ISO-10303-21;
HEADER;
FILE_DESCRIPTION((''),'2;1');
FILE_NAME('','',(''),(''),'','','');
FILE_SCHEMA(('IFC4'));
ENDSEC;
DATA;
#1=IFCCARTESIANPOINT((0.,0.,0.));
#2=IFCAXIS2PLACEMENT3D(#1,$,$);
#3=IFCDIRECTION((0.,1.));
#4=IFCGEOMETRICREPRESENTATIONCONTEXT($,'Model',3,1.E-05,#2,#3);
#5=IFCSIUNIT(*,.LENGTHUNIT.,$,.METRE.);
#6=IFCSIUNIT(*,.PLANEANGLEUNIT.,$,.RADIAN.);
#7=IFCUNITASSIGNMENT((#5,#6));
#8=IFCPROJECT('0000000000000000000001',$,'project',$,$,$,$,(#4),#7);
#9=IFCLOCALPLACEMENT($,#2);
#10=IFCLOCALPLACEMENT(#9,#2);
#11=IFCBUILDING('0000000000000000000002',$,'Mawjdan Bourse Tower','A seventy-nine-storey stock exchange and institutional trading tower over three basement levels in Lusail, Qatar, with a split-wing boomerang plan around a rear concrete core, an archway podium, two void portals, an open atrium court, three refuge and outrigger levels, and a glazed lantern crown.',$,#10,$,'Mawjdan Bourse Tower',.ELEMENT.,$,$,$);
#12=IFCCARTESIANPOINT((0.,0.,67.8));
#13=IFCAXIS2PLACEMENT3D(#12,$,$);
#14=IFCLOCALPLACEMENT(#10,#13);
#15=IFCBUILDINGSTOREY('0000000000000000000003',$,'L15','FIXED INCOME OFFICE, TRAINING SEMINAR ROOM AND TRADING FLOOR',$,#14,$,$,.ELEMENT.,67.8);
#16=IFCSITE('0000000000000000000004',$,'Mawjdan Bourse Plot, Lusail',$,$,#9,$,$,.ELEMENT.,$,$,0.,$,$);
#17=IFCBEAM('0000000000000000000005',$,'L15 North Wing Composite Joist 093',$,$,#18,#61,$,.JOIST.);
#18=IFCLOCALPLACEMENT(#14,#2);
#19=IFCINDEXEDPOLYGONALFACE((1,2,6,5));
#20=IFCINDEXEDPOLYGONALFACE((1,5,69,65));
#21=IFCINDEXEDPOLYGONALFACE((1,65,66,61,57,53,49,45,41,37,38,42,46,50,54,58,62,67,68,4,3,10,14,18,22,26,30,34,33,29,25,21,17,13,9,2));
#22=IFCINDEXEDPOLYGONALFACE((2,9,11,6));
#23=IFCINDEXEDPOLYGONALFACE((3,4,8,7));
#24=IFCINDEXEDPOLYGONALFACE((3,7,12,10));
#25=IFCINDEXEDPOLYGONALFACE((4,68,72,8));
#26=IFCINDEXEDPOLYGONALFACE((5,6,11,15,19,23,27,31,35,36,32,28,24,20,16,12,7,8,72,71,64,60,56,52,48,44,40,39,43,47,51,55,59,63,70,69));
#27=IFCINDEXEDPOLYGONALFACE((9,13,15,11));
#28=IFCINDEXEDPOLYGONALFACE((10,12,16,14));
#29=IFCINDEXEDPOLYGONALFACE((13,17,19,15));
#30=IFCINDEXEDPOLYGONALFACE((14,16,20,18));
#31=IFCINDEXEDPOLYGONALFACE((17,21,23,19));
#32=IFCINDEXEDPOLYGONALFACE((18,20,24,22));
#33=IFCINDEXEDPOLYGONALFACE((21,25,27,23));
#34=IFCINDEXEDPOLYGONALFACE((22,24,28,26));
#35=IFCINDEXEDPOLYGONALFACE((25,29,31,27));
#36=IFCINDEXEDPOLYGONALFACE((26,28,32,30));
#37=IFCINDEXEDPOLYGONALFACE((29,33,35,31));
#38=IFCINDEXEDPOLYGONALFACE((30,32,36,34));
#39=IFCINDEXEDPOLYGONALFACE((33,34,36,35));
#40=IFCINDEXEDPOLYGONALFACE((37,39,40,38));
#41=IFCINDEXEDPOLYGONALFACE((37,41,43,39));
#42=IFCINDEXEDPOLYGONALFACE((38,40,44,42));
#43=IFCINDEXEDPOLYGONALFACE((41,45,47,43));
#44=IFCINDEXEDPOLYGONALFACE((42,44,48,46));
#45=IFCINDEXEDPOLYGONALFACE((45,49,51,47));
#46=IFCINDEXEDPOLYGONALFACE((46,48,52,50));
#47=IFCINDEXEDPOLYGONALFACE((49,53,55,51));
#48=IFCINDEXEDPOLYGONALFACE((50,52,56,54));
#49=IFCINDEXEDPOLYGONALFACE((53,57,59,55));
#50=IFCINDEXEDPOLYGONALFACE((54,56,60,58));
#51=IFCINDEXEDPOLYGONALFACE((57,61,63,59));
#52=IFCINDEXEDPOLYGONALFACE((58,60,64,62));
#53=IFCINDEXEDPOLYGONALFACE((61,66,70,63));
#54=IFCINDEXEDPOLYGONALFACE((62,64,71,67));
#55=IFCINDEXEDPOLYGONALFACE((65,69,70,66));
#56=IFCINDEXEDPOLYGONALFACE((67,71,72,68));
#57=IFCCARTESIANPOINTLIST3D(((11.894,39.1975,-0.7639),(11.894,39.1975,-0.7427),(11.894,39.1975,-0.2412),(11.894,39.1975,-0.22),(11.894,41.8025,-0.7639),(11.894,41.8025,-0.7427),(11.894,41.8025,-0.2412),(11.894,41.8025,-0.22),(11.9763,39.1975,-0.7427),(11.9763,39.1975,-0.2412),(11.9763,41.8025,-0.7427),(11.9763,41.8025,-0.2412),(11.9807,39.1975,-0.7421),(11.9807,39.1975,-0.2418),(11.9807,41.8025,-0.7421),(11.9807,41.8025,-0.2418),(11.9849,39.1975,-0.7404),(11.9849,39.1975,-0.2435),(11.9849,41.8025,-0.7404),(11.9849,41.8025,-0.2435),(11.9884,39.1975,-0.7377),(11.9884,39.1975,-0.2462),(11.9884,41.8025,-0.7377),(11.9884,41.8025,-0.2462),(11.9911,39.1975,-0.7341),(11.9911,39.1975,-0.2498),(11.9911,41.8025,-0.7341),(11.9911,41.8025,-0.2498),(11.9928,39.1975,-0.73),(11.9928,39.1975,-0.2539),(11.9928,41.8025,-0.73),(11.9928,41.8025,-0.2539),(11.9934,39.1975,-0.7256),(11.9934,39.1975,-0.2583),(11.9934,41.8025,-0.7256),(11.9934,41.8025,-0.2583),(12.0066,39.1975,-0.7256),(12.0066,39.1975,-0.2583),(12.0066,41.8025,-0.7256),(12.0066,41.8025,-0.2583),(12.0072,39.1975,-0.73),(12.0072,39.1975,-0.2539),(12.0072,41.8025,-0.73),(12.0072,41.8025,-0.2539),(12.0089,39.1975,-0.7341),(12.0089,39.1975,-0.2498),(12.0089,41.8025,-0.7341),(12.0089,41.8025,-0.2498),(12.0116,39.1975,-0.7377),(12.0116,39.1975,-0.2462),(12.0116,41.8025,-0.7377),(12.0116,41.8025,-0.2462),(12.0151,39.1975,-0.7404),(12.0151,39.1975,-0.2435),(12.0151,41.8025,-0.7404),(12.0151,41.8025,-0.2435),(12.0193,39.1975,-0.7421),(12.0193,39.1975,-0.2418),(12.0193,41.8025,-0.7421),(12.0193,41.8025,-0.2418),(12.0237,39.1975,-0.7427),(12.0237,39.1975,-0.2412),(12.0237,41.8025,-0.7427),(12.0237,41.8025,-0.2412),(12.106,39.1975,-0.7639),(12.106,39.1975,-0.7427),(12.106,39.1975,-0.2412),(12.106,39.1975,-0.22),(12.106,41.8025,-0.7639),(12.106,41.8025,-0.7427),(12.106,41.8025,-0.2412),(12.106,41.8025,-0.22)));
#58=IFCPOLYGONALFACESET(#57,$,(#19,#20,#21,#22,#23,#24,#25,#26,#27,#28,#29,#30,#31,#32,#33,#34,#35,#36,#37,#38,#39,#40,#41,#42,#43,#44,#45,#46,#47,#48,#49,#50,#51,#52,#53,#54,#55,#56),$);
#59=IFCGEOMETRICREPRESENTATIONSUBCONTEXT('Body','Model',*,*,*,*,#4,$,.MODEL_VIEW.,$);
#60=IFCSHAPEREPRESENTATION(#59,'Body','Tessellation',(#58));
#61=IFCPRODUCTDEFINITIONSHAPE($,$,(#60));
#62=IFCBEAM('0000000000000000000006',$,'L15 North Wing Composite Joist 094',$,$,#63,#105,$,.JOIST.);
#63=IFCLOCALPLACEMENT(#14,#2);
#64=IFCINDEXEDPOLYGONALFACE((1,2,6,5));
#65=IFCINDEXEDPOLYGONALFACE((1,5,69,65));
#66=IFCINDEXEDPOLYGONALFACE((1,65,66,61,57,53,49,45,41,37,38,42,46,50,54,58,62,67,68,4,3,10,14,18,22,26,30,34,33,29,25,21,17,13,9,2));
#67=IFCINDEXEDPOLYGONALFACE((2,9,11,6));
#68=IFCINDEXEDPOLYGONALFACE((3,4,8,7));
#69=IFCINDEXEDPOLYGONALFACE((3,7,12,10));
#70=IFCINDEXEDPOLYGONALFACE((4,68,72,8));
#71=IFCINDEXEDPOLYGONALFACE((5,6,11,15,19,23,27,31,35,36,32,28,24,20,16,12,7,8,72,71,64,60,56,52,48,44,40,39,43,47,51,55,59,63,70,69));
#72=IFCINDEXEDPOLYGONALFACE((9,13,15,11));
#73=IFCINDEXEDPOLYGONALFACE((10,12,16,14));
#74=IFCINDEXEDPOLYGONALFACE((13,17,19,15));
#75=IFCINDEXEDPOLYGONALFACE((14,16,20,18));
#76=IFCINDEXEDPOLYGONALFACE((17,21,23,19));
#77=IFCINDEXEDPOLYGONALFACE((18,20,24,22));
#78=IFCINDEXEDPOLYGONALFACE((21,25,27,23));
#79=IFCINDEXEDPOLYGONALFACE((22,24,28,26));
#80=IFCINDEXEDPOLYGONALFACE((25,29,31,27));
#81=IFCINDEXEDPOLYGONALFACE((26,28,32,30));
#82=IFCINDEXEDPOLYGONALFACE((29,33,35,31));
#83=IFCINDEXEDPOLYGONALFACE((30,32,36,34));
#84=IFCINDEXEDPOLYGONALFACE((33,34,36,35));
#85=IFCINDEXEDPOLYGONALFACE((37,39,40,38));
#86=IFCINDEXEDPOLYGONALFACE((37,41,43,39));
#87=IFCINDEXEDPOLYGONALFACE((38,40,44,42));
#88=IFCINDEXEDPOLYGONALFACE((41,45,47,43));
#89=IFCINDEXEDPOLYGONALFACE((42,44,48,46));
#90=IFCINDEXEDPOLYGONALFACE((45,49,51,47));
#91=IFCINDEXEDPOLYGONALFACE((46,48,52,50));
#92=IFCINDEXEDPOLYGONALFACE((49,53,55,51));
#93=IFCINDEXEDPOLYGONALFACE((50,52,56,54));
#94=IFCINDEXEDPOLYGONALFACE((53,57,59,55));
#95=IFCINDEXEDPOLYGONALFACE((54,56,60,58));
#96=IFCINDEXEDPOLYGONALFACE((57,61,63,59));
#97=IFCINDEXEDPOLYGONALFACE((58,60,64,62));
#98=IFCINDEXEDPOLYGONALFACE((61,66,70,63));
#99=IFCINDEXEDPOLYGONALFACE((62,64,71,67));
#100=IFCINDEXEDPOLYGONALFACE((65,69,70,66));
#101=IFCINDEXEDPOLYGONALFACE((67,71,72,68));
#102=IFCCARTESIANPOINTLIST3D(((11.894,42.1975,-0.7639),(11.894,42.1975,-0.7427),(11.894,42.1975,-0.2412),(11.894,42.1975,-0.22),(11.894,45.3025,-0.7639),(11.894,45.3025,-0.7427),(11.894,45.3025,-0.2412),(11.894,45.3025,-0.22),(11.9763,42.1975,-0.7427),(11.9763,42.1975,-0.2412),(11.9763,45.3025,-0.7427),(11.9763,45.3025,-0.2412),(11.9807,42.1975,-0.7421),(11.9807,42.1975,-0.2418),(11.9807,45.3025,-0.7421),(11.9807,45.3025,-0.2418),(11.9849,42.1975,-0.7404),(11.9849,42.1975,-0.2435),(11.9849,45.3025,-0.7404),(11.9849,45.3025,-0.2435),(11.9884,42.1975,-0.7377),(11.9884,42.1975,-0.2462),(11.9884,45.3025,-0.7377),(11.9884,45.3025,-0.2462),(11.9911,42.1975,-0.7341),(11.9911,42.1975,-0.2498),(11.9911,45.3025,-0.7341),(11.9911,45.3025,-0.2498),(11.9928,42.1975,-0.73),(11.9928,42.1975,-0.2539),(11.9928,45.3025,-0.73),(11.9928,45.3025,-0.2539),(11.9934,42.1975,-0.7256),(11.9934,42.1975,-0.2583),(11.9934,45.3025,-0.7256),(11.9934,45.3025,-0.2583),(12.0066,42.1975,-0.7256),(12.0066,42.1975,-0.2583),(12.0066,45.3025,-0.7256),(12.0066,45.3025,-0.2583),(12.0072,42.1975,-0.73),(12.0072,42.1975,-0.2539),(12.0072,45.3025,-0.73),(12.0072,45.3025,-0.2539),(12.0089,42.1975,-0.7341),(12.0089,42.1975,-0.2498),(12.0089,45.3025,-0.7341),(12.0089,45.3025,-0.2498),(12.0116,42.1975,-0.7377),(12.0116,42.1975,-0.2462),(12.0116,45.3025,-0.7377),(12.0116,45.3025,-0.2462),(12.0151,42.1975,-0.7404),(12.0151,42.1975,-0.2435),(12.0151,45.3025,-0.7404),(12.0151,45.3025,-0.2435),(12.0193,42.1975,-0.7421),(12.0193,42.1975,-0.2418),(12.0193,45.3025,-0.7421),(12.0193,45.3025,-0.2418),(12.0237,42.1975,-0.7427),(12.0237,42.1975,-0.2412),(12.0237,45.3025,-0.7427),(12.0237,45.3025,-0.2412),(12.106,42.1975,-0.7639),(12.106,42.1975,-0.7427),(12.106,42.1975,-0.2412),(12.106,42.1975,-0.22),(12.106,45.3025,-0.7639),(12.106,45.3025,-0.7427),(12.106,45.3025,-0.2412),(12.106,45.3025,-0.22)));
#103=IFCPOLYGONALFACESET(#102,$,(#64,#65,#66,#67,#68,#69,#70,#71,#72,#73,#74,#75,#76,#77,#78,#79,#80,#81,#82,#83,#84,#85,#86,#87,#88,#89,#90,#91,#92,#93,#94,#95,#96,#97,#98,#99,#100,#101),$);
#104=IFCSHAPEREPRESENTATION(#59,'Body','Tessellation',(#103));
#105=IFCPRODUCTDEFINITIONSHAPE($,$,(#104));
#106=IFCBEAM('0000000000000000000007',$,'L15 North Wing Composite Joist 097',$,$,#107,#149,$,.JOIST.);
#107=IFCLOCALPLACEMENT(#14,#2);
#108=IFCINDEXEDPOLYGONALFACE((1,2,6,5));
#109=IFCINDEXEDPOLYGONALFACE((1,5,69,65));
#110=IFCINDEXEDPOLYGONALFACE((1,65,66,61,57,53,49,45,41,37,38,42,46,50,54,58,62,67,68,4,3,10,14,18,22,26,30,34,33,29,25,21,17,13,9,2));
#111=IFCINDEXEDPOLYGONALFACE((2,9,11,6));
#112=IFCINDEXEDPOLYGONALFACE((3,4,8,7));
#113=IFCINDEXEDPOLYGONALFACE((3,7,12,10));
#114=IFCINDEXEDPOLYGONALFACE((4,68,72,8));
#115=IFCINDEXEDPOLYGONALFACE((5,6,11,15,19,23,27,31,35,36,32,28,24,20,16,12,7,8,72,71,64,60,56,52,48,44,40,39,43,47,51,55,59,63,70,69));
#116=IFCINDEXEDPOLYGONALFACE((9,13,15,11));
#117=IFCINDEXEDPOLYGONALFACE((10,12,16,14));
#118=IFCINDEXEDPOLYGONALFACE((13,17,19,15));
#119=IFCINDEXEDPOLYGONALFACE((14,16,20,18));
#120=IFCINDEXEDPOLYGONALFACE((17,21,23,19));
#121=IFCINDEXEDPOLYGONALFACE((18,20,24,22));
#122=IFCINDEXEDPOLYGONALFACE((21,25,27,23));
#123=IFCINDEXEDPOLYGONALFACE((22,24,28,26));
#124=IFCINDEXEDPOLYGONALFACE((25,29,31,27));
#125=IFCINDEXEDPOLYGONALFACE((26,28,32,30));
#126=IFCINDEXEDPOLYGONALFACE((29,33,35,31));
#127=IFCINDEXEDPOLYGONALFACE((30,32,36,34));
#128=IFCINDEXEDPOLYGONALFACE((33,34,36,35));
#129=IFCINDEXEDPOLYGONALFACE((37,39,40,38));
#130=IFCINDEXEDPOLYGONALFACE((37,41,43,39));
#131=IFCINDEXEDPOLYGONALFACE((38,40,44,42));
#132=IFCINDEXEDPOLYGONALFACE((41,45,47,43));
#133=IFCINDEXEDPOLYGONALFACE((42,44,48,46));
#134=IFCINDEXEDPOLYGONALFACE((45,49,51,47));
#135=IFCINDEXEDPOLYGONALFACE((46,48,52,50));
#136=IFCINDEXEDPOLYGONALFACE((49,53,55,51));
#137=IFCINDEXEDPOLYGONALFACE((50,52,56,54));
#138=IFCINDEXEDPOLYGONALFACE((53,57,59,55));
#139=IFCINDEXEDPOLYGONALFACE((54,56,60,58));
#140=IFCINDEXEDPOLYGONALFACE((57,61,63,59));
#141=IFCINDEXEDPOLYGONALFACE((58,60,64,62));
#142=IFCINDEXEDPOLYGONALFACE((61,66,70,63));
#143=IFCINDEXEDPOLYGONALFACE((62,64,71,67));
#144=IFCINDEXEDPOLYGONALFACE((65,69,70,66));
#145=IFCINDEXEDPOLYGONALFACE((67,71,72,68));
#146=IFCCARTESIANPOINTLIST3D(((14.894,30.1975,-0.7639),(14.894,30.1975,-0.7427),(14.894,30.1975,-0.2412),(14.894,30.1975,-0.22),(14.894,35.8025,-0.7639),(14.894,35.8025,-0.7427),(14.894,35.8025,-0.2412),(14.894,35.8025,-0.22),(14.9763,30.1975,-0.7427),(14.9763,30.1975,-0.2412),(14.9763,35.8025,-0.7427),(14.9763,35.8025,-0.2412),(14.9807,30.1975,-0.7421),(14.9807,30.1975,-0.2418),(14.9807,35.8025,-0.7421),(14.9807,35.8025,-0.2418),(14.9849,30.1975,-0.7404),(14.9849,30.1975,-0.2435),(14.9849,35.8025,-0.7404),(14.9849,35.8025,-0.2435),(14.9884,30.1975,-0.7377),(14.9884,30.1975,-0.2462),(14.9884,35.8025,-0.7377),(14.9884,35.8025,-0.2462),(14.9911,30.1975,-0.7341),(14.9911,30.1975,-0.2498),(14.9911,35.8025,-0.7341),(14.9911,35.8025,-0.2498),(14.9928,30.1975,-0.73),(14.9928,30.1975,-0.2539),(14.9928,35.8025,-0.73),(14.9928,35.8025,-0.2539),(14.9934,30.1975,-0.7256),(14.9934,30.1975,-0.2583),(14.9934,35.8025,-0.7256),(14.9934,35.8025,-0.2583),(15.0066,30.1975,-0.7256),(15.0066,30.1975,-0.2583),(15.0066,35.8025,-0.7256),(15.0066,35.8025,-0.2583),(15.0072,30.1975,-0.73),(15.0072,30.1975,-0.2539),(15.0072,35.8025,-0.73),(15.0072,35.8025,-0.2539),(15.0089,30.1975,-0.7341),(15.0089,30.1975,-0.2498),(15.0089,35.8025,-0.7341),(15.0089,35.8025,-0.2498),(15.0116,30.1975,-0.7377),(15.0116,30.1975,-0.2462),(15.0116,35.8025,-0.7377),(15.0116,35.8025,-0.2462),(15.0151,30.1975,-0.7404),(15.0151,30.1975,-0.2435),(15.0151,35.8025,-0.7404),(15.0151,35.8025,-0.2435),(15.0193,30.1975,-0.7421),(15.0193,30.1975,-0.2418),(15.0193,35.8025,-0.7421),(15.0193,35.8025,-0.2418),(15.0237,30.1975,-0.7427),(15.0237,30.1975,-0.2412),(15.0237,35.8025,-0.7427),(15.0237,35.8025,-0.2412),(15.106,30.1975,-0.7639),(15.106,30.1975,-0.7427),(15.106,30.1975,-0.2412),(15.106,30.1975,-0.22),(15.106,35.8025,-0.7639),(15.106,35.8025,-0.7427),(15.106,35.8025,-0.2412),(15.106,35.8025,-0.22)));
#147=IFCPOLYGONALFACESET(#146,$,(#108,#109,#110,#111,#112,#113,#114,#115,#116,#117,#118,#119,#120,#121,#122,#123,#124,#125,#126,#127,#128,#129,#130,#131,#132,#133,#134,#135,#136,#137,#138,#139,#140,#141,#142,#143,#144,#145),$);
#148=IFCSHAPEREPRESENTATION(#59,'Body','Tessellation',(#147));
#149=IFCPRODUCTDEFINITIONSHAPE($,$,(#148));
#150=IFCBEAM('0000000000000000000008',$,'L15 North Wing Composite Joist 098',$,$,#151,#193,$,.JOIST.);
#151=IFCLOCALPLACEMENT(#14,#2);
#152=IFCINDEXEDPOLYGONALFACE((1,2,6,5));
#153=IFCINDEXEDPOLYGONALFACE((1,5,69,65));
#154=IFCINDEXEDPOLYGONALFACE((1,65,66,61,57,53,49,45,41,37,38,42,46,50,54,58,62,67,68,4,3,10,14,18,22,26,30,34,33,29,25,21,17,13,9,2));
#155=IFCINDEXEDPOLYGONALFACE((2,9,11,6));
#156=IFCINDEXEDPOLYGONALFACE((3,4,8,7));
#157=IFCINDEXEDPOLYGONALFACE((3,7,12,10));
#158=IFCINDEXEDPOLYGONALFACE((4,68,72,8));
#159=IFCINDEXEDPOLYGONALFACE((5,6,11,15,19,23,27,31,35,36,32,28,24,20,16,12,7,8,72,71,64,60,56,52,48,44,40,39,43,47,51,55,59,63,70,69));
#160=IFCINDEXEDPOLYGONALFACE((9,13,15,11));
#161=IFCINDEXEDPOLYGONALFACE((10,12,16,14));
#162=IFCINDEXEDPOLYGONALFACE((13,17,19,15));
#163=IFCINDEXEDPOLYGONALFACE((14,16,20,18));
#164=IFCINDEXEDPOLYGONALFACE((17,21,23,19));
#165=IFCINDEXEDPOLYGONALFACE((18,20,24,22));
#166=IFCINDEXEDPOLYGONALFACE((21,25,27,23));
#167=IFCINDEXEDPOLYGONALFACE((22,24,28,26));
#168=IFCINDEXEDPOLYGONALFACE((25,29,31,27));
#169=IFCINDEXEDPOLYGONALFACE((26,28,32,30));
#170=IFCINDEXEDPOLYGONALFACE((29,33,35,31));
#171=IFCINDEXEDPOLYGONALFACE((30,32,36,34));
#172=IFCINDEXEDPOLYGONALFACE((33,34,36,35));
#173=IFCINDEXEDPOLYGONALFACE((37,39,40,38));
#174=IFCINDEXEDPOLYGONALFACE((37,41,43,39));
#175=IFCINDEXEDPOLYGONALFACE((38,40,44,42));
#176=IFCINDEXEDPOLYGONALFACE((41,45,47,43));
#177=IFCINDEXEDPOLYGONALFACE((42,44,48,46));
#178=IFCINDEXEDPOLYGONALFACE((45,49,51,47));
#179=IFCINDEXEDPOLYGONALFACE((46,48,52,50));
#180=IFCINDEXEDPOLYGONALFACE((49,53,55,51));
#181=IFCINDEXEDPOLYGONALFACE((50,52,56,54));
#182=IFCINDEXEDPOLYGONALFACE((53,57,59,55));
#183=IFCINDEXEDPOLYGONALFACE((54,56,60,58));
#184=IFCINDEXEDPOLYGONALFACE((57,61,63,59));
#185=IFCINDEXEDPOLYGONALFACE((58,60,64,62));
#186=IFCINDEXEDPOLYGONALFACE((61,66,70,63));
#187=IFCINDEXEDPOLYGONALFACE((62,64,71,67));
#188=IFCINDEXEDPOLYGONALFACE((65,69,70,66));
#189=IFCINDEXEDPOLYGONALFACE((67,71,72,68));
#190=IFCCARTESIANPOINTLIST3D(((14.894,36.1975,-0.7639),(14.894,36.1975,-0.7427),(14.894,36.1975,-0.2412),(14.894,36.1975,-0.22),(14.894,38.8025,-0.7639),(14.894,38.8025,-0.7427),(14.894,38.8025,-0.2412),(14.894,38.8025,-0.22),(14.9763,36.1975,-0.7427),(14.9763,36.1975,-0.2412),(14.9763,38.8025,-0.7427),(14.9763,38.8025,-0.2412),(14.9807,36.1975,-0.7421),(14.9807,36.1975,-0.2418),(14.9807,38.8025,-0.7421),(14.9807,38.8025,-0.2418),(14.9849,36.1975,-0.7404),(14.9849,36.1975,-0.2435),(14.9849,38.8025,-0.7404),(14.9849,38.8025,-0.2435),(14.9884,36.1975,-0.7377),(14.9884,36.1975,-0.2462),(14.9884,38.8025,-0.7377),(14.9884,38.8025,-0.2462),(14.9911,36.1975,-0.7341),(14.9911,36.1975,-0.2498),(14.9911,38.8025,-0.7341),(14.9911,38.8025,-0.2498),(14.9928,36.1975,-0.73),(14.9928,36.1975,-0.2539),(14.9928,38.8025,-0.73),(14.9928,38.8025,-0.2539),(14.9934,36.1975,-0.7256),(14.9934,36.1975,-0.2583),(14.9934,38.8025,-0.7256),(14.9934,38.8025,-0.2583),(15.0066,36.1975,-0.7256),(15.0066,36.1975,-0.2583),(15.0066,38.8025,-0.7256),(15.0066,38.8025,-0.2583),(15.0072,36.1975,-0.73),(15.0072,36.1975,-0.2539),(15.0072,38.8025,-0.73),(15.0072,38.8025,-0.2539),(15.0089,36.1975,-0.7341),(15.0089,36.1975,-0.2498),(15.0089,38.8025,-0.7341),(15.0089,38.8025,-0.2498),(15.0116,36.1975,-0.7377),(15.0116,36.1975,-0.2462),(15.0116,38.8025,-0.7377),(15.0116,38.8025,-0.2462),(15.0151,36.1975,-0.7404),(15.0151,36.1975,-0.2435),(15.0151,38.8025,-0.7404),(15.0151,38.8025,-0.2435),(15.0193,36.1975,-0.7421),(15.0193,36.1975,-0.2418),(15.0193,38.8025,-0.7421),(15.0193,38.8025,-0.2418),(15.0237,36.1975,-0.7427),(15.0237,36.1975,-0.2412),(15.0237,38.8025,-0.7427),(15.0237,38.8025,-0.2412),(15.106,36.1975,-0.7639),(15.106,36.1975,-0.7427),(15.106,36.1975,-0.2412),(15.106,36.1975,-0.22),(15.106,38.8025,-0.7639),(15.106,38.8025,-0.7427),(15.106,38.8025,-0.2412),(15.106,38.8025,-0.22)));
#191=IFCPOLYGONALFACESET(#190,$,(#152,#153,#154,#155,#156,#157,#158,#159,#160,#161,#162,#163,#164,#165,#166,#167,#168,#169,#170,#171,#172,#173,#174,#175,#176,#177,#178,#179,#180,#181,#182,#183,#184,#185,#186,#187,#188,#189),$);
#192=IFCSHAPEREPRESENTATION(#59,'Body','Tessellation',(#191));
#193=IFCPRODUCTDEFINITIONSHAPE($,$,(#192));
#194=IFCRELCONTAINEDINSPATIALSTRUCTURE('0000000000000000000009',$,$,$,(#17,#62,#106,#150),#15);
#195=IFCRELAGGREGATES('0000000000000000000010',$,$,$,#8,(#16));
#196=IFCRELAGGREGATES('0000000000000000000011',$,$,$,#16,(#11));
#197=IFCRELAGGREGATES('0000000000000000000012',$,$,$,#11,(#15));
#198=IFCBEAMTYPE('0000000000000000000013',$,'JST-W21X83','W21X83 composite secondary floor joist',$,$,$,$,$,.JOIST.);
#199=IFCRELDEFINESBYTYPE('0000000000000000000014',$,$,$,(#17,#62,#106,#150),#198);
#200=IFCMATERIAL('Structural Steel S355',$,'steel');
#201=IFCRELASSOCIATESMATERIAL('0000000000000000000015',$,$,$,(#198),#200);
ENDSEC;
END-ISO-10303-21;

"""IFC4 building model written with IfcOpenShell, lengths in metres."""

from ifc_helpers import new_model, si_unit, direction, frame, origin, origin_2d, place, context, subcontext, project, spatial, i_section, extrude, material, material_profile, profile_set, type_object, element, save


model = new_model("IFC4")

# Units and contexts
model_context = context("Model", 3, precision=1e-05, world=origin(), true_north=direction((0.0, 1.0)))
body_context = subcontext(model_context, "Body", "Model", "MODEL_VIEW")
ifc_project = project(units=[si_unit("LENGTHUNIT", "METRE"), si_unit("PLANEANGLEUNIT", "RADIAN")], contexts=[model_context])

# Site, building, storey
site_placement = place(None, origin())
site = spatial("IfcSite", under=ifc_project, at=site_placement, Name="Mawjdan Bourse Plot, Lusail", CompositionType="ELEMENT", RefElevation=0.0)
building_placement = place(site_placement, origin())
building = spatial("IfcBuilding", under=site, at=building_placement, Name="Mawjdan Bourse Tower", Description="A seventy-nine-storey stock exchange and institutional trading tower over three basement levels in Lusail, Qatar, with a split-wing boomerang plan around a rear concrete core, an archway podium, two void portals, an open atrium court, three refuge and outrigger levels, and a glazed lantern crown.", LongName="Mawjdan Bourse Tower", CompositionType="ELEMENT")
storey_placement = place(building_placement, frame((0.0, 0.0, 67.8)))
storey = spatial("IfcBuildingStorey", under=building, at=storey_placement, Name="L15", Description="FIXED INCOME OFFICE, TRAINING SEMINAR ROOM AND TRADING FLOOR", CompositionType="ELEMENT", Elevation=67.8)

# Beams
ifc_material_1 = material(Name="Structural Steel S355", Category="steel")
ifc_material_profile_1 = material_profile(ifc_material_1, i_section(OverallWidth=0.2119, OverallDepth=0.5439, WebThickness=0.0132, FlangeThickness=0.0212, FilletRadius=0.0171, at=origin_2d()), Name="W21X83")
ifc_profile_set_1 = profile_set([ifc_material_profile_1], Name="Structural Steel S355")
beam_type_1 = type_object("IfcBeamType", Name="JST-W21X83", Description="W21X83 composite secondary floor joist", PredefinedType="JOIST", material=ifc_profile_set_1)
for number, where, z_axis, x_axis, name in (
    (1, (12.0, 39.1975, -0.4919), (0.0, 1.0, 0.0), (-1.0, 0.0, 0.0), "L15 North Wing Composite Joist 093"),
):
    element("IfcBeam", number, at=place(storey_placement, frame(where, z_axis=z_axis, x_axis=x_axis)), inside=storey, type_object=beam_type_1, Name=name, PredefinedType="JOIST", context=body_context, shape_type="SweptSolid", body=[
        extrude(i_section(OverallWidth=0.2119, OverallDepth=0.5439, WebThickness=0.0132, FlangeThickness=0.0212, FilletRadius=0.0171, at=origin_2d()), origin(), (0.0, 0.0, 1.0), 2.605),
    ])
beam_1_placement = place(storey_placement, frame((12.0, 42.1975, -0.4919), z_axis=(0.0, 1.0, 0.0), x_axis=(-1.0, 0.0, 0.0)))
element("IfcBeam", 2, at=beam_1_placement, inside=storey, type_object=beam_type_1, Name="L15 North Wing Composite Joist 094", PredefinedType="JOIST", context=body_context, shape_type="SweptSolid", body=[
    extrude(i_section(OverallWidth=0.2119, OverallDepth=0.5439, WebThickness=0.0132, FlangeThickness=0.0212, FilletRadius=0.0171, at=origin_2d()), origin(), (0.0, 0.0, 1.0), 3.105),
])
beam_2_placement = place(storey_placement, frame((15.0, 30.1975, -0.4919), z_axis=(0.0, 1.0, 0.0), x_axis=(-1.0, 0.0, 0.0)))
element("IfcBeam", 3, at=beam_2_placement, inside=storey, type_object=beam_type_1, Name="L15 North Wing Composite Joist 097", PredefinedType="JOIST", context=body_context, shape_type="SweptSolid", body=[
    extrude(i_section(OverallWidth=0.2119, OverallDepth=0.5439, WebThickness=0.0132, FlangeThickness=0.0212, FilletRadius=0.0171, at=origin_2d()), origin(), (0.0, 0.0, 1.0), 5.605),
])
for number, where, z_axis, x_axis, name in (
    (4, (15.0, 36.1975, -0.4919), (0.0, 1.0, 0.0), (-1.0, 0.0, 0.0), "L15 North Wing Composite Joist 098"),
):
    element("IfcBeam", number, at=place(storey_placement, frame(where, z_axis=z_axis, x_axis=x_axis)), inside=storey, type_object=beam_type_1, Name=name, PredefinedType="JOIST", context=body_context, shape_type="SweptSolid", body=[
        extrude(i_section(OverallWidth=0.2119, OverallDepth=0.5439, WebThickness=0.0132, FlangeThickness=0.0212, FilletRadius=0.0171, at=origin_2d()), origin(), (0.0, 0.0, 1.0), 2.605),
    ])

save(model, "model.ifc")
